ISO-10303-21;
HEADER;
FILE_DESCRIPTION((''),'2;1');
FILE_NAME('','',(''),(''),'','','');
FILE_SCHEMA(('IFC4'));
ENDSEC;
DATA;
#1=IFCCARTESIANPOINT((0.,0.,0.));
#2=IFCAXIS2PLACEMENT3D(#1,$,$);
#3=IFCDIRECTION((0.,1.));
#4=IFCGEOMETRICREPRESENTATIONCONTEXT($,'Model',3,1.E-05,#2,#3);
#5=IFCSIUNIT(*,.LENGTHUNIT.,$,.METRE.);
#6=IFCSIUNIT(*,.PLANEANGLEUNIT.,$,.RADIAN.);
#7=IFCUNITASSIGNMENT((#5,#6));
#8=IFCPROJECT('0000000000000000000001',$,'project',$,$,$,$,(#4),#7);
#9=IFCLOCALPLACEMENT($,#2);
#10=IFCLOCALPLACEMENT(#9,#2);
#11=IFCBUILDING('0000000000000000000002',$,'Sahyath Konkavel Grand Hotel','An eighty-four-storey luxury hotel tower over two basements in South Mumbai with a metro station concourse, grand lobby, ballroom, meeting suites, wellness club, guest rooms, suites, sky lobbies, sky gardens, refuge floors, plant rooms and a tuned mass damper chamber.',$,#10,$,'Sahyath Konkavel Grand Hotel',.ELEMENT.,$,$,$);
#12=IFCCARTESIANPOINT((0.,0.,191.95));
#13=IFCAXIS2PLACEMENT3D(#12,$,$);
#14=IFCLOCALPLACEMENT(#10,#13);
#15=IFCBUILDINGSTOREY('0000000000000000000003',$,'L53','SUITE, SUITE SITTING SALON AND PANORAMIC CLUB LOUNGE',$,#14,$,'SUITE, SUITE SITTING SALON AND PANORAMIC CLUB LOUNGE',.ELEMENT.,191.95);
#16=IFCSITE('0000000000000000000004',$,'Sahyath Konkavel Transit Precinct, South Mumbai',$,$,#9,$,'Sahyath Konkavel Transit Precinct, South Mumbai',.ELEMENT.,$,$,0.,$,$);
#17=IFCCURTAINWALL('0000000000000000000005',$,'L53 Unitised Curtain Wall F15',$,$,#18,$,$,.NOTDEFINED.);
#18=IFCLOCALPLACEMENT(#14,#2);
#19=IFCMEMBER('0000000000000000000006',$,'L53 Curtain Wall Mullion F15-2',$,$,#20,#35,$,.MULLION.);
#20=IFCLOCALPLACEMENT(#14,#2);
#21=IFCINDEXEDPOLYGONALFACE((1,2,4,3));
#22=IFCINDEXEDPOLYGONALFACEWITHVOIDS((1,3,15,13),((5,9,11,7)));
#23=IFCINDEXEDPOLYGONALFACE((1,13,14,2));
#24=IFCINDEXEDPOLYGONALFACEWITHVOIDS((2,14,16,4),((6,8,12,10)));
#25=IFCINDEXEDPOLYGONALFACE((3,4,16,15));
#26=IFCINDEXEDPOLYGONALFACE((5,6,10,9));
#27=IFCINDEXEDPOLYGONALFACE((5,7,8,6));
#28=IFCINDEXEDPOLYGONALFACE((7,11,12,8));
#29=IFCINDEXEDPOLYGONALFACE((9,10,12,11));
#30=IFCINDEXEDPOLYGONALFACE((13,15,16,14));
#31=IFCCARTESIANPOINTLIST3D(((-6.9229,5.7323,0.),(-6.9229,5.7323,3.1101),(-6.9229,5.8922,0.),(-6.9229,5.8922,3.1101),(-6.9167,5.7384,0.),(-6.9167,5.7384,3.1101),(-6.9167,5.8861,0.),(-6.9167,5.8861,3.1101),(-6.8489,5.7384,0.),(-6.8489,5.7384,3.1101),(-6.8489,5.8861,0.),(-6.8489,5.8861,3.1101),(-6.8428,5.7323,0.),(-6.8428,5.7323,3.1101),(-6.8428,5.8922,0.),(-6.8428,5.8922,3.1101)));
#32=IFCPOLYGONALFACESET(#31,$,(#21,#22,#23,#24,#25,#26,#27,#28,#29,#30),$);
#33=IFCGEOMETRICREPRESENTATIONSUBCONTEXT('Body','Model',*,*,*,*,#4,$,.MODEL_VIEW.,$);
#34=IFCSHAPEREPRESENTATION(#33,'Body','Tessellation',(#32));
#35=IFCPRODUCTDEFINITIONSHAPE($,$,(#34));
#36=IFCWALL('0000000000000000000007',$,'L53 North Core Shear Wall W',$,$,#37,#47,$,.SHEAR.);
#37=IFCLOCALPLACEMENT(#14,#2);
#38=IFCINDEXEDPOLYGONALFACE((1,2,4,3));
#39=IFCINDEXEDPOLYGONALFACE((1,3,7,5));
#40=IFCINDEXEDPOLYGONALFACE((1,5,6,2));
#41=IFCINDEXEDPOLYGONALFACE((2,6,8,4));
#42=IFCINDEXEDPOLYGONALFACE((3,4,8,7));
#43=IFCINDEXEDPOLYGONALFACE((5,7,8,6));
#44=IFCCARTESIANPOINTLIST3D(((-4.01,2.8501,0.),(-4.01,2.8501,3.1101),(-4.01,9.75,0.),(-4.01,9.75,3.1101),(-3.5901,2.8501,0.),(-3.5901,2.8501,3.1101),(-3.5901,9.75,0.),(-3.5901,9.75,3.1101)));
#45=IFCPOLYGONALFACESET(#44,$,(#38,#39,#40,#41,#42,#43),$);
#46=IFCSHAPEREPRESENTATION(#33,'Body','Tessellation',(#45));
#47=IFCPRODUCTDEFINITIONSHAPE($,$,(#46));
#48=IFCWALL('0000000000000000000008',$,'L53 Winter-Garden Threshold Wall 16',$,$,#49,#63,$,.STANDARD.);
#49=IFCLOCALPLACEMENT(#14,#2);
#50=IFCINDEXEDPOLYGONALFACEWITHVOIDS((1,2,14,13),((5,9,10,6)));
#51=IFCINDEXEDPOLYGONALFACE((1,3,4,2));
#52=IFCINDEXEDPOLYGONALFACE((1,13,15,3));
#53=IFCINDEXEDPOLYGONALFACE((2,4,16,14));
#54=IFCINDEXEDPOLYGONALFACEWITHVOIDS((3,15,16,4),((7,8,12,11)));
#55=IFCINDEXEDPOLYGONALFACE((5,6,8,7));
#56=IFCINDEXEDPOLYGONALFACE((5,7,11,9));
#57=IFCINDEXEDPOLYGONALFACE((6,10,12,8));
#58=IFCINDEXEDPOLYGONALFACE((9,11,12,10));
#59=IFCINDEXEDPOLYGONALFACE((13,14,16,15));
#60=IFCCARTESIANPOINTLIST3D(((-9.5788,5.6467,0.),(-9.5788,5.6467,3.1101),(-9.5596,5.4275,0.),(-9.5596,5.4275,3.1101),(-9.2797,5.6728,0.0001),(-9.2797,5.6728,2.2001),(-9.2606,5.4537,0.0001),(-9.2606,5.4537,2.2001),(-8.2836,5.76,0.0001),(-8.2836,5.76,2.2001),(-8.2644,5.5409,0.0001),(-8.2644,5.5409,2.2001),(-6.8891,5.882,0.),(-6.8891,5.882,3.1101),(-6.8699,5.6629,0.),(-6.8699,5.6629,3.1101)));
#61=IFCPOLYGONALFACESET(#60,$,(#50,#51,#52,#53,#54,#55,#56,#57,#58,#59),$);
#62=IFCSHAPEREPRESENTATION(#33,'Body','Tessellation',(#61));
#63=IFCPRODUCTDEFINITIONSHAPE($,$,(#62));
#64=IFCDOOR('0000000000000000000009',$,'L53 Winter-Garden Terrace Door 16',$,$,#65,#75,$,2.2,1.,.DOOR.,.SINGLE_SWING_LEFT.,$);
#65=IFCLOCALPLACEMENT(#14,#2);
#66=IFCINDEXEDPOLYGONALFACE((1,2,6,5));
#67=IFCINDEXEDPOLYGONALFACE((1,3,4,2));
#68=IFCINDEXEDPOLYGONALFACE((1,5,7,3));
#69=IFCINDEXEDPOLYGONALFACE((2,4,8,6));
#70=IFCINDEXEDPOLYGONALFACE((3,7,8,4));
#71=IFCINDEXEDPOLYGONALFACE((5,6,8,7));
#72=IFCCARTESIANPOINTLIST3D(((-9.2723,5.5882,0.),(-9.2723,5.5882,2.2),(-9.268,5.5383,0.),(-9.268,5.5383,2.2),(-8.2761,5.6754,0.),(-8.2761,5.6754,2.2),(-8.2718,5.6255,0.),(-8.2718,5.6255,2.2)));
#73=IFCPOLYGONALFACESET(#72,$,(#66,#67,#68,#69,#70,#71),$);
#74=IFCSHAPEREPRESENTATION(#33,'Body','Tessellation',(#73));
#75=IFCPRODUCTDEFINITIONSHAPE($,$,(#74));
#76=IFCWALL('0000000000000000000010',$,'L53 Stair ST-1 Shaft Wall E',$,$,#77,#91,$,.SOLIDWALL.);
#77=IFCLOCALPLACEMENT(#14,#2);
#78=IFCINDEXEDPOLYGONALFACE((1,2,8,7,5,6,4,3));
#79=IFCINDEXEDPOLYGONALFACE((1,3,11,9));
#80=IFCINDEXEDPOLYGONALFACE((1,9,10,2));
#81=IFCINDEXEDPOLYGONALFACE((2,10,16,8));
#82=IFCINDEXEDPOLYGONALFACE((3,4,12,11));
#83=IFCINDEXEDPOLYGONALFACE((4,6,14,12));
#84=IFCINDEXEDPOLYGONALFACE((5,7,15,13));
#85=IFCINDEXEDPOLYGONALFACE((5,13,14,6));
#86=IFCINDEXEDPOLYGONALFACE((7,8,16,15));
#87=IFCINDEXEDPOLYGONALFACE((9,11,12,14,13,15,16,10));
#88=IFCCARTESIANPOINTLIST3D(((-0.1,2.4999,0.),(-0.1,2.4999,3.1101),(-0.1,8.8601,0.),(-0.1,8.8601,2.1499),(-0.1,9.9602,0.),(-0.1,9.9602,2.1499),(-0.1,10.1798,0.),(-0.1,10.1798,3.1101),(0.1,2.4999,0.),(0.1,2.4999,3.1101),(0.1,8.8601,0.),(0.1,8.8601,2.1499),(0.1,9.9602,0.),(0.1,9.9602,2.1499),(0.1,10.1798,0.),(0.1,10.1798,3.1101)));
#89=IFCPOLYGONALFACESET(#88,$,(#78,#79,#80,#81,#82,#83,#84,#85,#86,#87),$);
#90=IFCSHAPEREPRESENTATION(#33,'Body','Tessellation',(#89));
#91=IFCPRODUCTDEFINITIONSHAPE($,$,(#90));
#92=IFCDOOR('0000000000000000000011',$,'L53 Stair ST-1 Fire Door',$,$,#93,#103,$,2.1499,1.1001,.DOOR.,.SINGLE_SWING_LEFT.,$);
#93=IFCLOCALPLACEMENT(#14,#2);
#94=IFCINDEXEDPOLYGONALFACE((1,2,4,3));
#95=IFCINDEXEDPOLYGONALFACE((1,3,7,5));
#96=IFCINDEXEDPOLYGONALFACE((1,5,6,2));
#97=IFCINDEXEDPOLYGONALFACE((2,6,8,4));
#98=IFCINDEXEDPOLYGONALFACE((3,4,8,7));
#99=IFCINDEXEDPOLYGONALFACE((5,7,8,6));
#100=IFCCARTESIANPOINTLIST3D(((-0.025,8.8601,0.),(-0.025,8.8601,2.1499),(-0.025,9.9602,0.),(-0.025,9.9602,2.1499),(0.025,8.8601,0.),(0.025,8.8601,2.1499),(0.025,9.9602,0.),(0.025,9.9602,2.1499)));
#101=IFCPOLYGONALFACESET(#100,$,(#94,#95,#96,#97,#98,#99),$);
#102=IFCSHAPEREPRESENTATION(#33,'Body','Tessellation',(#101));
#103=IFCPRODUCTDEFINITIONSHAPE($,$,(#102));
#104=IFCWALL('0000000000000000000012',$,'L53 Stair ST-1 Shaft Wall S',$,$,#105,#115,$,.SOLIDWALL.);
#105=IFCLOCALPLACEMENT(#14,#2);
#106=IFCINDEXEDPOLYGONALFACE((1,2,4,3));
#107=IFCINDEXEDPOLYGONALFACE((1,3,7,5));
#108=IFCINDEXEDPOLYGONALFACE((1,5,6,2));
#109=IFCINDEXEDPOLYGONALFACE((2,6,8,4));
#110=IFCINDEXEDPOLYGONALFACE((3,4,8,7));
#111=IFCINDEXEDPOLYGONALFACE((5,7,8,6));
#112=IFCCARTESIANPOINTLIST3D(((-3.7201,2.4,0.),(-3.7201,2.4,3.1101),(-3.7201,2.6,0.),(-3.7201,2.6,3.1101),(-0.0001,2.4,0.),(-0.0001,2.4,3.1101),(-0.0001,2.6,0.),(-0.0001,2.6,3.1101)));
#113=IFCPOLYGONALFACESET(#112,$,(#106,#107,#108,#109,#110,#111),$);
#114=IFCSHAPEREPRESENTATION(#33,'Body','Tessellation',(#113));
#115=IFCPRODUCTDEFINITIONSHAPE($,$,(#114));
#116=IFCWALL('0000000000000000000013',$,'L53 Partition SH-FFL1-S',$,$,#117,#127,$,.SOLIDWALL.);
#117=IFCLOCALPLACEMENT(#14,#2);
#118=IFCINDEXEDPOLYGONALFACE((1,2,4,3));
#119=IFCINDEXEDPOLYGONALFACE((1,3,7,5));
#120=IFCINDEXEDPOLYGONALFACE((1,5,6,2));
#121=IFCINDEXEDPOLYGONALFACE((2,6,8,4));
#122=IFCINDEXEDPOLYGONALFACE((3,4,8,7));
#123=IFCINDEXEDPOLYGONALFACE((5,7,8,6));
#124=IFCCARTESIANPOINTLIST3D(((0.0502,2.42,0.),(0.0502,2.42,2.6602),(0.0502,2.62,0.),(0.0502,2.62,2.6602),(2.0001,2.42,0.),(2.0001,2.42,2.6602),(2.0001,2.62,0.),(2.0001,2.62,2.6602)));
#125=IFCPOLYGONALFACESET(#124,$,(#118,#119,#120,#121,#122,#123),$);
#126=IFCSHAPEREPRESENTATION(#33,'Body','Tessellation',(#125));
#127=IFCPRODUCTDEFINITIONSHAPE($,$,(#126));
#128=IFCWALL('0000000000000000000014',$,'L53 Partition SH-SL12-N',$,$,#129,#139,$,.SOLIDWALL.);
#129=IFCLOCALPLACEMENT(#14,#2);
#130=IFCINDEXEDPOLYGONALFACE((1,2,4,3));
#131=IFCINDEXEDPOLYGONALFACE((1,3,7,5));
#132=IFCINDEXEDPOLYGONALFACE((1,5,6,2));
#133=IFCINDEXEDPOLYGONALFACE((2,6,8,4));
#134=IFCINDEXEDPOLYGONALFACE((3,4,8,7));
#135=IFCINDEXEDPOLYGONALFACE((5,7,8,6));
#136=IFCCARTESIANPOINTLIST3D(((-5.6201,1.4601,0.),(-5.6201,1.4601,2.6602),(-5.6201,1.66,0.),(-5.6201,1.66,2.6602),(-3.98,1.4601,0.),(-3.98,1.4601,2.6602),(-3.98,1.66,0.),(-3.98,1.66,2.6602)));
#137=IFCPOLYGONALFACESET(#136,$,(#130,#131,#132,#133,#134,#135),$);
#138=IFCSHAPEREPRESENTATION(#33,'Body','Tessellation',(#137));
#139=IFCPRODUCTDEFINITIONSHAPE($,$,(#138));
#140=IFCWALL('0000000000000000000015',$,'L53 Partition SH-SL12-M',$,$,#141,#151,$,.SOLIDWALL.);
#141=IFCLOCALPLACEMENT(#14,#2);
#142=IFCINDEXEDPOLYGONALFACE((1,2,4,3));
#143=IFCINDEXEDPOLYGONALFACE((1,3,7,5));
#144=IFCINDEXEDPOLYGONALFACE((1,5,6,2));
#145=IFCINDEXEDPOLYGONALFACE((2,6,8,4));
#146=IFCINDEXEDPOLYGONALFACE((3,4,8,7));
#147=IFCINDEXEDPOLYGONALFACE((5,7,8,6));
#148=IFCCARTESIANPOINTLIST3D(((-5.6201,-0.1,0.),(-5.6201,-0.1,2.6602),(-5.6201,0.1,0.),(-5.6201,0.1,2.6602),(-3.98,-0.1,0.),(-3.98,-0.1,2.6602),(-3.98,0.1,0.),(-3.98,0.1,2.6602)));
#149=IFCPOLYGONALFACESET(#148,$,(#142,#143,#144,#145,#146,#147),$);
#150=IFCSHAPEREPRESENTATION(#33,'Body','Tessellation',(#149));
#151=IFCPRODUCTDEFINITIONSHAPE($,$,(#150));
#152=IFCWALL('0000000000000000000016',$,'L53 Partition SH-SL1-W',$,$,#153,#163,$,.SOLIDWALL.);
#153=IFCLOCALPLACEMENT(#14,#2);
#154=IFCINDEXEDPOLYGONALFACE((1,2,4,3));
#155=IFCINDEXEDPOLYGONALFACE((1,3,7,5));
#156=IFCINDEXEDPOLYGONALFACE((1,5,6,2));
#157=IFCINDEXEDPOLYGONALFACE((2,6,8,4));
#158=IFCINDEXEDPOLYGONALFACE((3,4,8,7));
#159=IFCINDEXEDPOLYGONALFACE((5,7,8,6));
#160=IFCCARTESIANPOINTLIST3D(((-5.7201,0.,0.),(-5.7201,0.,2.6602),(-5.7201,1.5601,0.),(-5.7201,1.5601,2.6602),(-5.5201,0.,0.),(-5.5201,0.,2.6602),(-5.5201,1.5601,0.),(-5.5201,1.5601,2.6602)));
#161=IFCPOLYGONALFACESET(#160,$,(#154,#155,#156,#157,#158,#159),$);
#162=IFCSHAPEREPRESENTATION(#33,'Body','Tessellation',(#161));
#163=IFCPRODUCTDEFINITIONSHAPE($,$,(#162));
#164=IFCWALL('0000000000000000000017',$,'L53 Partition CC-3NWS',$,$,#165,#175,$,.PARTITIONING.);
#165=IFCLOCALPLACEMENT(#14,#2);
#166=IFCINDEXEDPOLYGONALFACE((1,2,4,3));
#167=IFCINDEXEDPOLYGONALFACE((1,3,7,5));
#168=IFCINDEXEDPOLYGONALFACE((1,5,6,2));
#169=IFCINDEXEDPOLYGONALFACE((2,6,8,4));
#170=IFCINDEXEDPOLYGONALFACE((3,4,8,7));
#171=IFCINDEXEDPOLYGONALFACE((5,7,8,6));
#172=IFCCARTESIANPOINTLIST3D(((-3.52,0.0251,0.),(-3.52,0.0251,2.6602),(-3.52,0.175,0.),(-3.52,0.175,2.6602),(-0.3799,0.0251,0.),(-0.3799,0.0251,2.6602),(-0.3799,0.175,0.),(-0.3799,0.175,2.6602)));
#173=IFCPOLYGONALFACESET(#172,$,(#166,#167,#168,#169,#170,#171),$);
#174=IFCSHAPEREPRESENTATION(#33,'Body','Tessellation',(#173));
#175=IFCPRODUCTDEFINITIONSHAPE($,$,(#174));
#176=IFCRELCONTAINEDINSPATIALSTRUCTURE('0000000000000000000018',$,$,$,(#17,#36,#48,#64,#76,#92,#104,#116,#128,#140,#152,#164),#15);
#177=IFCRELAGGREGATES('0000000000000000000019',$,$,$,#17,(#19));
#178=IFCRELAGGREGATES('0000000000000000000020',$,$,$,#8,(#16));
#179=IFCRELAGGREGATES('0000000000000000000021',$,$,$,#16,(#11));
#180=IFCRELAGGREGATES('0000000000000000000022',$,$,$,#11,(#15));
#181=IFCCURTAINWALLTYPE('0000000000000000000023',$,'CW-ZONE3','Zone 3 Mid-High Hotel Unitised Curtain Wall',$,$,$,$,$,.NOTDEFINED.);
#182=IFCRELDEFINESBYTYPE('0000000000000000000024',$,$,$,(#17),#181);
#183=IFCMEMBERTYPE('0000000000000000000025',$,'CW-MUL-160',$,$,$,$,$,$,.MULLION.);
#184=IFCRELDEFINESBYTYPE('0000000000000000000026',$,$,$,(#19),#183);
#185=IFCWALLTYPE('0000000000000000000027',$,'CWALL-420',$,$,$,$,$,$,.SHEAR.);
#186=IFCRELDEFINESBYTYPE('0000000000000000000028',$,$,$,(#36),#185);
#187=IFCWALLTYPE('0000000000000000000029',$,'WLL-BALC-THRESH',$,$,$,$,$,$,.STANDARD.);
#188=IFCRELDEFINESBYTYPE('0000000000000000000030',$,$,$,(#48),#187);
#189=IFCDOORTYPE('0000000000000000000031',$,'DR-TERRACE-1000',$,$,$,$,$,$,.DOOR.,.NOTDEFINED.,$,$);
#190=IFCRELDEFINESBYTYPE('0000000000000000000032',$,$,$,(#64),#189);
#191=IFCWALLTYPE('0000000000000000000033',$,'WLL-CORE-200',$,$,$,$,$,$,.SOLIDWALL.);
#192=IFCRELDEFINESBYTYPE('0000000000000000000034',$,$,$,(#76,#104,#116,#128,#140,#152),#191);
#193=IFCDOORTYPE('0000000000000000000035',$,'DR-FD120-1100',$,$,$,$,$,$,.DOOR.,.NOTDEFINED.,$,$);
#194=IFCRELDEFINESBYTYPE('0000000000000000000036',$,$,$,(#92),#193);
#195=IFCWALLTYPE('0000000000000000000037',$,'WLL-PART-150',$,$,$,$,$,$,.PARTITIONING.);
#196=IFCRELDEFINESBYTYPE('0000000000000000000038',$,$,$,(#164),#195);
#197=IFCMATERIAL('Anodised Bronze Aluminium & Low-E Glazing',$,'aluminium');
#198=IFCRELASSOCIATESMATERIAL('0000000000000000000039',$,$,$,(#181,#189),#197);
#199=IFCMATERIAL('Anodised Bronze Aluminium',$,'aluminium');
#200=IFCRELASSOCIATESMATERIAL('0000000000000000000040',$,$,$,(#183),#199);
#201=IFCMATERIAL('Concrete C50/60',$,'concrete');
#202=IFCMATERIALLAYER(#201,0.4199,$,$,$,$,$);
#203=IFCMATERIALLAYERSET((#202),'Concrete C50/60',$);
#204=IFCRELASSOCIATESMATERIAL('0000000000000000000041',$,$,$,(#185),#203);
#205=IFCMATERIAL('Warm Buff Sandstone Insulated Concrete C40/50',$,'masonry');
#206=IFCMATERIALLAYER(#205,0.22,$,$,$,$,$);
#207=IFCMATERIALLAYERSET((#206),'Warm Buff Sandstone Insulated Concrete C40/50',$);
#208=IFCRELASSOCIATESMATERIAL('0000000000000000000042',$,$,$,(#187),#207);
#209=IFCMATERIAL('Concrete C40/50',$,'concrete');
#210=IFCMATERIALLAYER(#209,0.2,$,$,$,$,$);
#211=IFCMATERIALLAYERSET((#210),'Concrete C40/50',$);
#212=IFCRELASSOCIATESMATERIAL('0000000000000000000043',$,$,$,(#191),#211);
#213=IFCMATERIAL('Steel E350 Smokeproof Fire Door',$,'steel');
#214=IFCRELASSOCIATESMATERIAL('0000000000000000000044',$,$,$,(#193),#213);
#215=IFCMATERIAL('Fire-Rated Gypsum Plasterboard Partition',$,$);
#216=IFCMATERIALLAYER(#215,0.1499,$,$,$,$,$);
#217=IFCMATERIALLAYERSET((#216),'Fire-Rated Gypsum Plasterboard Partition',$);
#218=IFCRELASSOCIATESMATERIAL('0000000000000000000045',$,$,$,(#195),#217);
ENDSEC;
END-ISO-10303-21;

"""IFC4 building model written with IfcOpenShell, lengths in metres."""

from ifc_helpers import new_model, si_unit, direction, frame, frame_2d, origin, origin_2d, place, context, subcontext, project, spatial, rectangle, hollow_rectangle, extrude, source, transform, mapped, material, layer, layer_set, material_profile, profile_set, type_object, element, fill, aggregate, save


model = new_model("IFC4")

# Units and contexts
model_context = context("Model", 3, precision=1e-05, world=origin(), true_north=direction((0.0, 1.0)))
body_context = subcontext(model_context, "Body", "Model", "MODEL_VIEW")
ifc_project = project(units=[si_unit("LENGTHUNIT", "METRE"), si_unit("PLANEANGLEUNIT", "RADIAN")], contexts=[model_context])

# Site, building, storey
site_placement = place(None, origin())
site = spatial("IfcSite", under=ifc_project, at=site_placement, Name="Sahyath Konkavel Transit Precinct, South Mumbai", LongName="Sahyath Konkavel Transit Precinct, South Mumbai", CompositionType="ELEMENT", RefElevation=0.0)
building_placement = place(site_placement, origin())
building = spatial("IfcBuilding", under=site, at=building_placement, Name="Sahyath Konkavel Grand Hotel", Description="An eighty-four-storey luxury hotel tower over two basements in South Mumbai with a metro station concourse, grand lobby, ballroom, meeting suites, wellness club, guest rooms, suites, sky lobbies, sky gardens, refuge floors, plant rooms and a tuned mass damper chamber.", LongName="Sahyath Konkavel Grand Hotel", CompositionType="ELEMENT")
storey_placement = place(building_placement, frame((0.0, 0.0, 191.95)))
storey = spatial("IfcBuildingStorey", under=building, at=storey_placement, Name="L53", Description="SUITE, SUITE SITTING SALON AND PANORAMIC CLUB LOUNGE", LongName="SUITE, SUITE SITTING SALON AND PANORAMIC CLUB LOUNGE", CompositionType="ELEMENT", Elevation=191.95)

# Shared definitions
ifc_material_1 = material(Name="Concrete C50/60", Category="concrete")

# Curtain wall, member
ifc_material_2 = material(Name="Anodised Bronze Aluminium & Low-E Glazing", Category="aluminium")
curtain_wall_type = type_object("IfcCurtainWallType", Name="CW-ZONE3", Description="Zone 3 Mid-High Hotel Unitised Curtain Wall", PredefinedType="NOTDEFINED", material=ifc_material_2)
curtain_wall_placement = place(storey_placement, origin())
curtain_wall = element("IfcCurtainWall", 1, at=curtain_wall_placement, inside=storey, type_object=curtain_wall_type, Name="L53 Unitised Curtain Wall F15", PredefinedType="NOTDEFINED")
ifc_material_3 = material(Name="Anodised Bronze Aluminium", Category="aluminium")
ifc_material_profile_1 = material_profile(ifc_material_3, hollow_rectangle(XDim=0.0801, YDim=0.1599, WallThickness=0.0061, at=origin_2d()), Name="RHS 160x80x6")
ifc_profile_set_1 = profile_set([ifc_material_profile_1], Name="Anodised Bronze Aluminium")
member_type = type_object("IfcMemberType", Name="CW-MUL-160", PredefinedType="MULLION", material=ifc_profile_set_1)
shared_shape_1 = source(origin(), body_context, "Body", "SweptSolid", [
    extrude(hollow_rectangle(XDim=0.0801, YDim=0.1599, WallThickness=0.0061, at=origin_2d()), origin(), (0.0, 0.0, 1.0), 3.1101),
])
member_placement = place(storey_placement, frame((-6.8828, 5.8123, 0.0), z_axis=(0.0, 0.0, 1.0), x_axis=(1.0, 0.0, 0.0)))
member = element("IfcMember", 2, at=member_placement, type_object=member_type, Name="L53 Curtain Wall Mullion F15-2", PredefinedType="MULLION", context=body_context, shape_type="MappedRepresentation", body=[
    mapped(shared_shape_1, transform((0.0, 0.0, 0.0), scale=1.0)),
])
aggregate(curtain_wall, [member])

# Wall
ifc_layer_1 = layer(ifc_material_1, 0.4199)
ifc_layer_set_1 = layer_set([ifc_layer_1], Name="Concrete C50/60")
wall_type_1 = type_object("IfcWallType", Name="CWALL-420", PredefinedType="SHEAR", material=ifc_layer_set_1)
wall_1_placement = place(storey_placement, frame((-3.8, 2.8501, 0.0), z_axis=(0.0, 0.0, 1.0), x_axis=(0.0, 1.0, 0.0)))
element("IfcWall", 3, at=wall_1_placement, inside=storey, type_object=wall_type_1, Name="L53 North Core Shear Wall W", PredefinedType="SHEAR", context=body_context, shape_type="SweptSolid", body=[
    extrude(rectangle(XDim=6.8999, YDim=0.4199, at=frame_2d((3.45, 0.0))), origin(), (0.0, 0.0, 1.0), 3.1101),
])

# Walls, openings, doors
ifc_material_4 = material(Name="Warm Buff Sandstone Insulated Concrete C40/50", Category="masonry")
ifc_layer_2 = layer(ifc_material_4, 0.22)
ifc_layer_set_2 = layer_set([ifc_layer_2], Name="Warm Buff Sandstone Insulated Concrete C40/50")
wall_type_2 = type_object("IfcWallType", Name="WLL-BALC-THRESH", PredefinedType="STANDARD", material=ifc_layer_set_2)
wall_2_placement = place(storey_placement, frame((-6.8794, 5.7725, 0.0), z_axis=(0.0, 0.0, 1.0), x_axis=(-0.996194, -0.087168, 0.0)))
wall_2 = element("IfcWall", 4, at=wall_2_placement, inside=storey, type_object=wall_type_2, Name="L53 Winter-Garden Threshold Wall 16", PredefinedType="STANDARD", context=body_context, shape_type="SweptSolid", body=[
    extrude(rectangle(XDim=2.7, YDim=0.22, at=frame_2d((1.3501, 0.0))), origin(), (0.0, 0.0, 1.0), 3.1101),
])
opening_1_placement = place(wall_2_placement, frame((1.3999, 0.0, 0.0)))
opening_1 = element("IfcOpeningElement", 5, at=opening_1_placement, cuts=wall_2, PredefinedType="OPENING", context=body_context, shape_type="SweptSolid", body=[
    extrude(rectangle(XDim=1.0, YDim=2.2, at=frame_2d((0.5, 1.1001))), frame((0.0, 0.1201, 0.0), z_axis=(0.0, -1.0, 0.0), x_axis=(1.0, 0.0, 0.0)), (0.0, 0.0, 1.0), 0.24),
])
door_type_1 = type_object("IfcDoorType", Name="DR-TERRACE-1000", OperationType="NOTDEFINED", PredefinedType="DOOR", material=ifc_material_2)
shared_shape_2 = source(origin(), body_context, "Body", "SweptSolid", [
    extrude(rectangle(XDim=1.0, YDim=0.05, at=origin_2d()), origin(), (0.0, 0.0, 1.0), 2.2),
])
door_1_placement = place(opening_1_placement, frame((0.5, 0.0, 0.0)))
door_1 = element("IfcDoor", 6, at=door_1_placement, inside=storey, type_object=door_type_1, Name="L53 Winter-Garden Terrace Door 16", OperationType="SINGLE_SWING_LEFT", OverallHeight=2.2, OverallWidth=1.0, PredefinedType="DOOR", context=body_context, shape_type="MappedRepresentation", body=[
    mapped(shared_shape_2, transform((0.0, 0.0, 0.0), scale=1.0)),
])
fill(opening_1, door_1)
ifc_material_5 = material(Name="Concrete C40/50", Category="concrete")
ifc_layer_3 = layer(ifc_material_5, 0.2)
ifc_layer_set_3 = layer_set([ifc_layer_3], Name="Concrete C40/50")
wall_type_3 = type_object("IfcWallType", Name="WLL-CORE-200", PredefinedType="SOLIDWALL", material=ifc_layer_set_3)
wall_3_placement = place(storey_placement, frame((0.0, 2.5, 0.0), z_axis=(0.0, 0.0, 1.0), x_axis=(0.0, 1.0, 0.0)))
wall_3 = element("IfcWall", 7, at=wall_3_placement, inside=storey, type_object=wall_type_3, Name="L53 Stair ST-1 Shaft Wall E", PredefinedType="SOLIDWALL", context=body_context, shape_type="SweptSolid", body=[
    extrude(rectangle(XDim=7.6799, YDim=0.2, at=frame_2d((3.8398, 0.0))), origin(), (0.0, 0.0, 1.0), 3.1101),
])
opening_2_placement = place(wall_3_placement, frame((6.3601, 0.0, 0.0)))
opening_2 = element("IfcOpeningElement", 8, at=opening_2_placement, cuts=wall_3, PredefinedType="OPENING", context=body_context, shape_type="SweptSolid", body=[
    extrude(rectangle(XDim=1.1001, YDim=2.1499, at=frame_2d((0.55, 1.075))), frame((0.0, 0.1099, 0.0), z_axis=(0.0, -1.0, 0.0), x_axis=(1.0, 0.0, 0.0)), (0.0, 0.0, 1.0), 0.22),
])
ifc_material_6 = material(Name="Steel E350 Smokeproof Fire Door", Category="steel")
door_type_2 = type_object("IfcDoorType", Name="DR-FD120-1100", OperationType="NOTDEFINED", PredefinedType="DOOR", material=ifc_material_6)
shared_shape_3 = source(origin(), body_context, "Body", "SweptSolid", [
    extrude(rectangle(XDim=1.1001, YDim=0.05, at=origin_2d()), origin(), (0.0, 0.0, 1.0), 2.1499),
])
door_2_placement = place(opening_2_placement, frame((0.55, 0.0, 0.0)))
door_2 = element("IfcDoor", 9, at=door_2_placement, inside=storey, type_object=door_type_2, Name="L53 Stair ST-1 Fire Door", OperationType="SINGLE_SWING_LEFT", OverallHeight=2.1499, OverallWidth=1.1001, PredefinedType="DOOR", context=body_context, shape_type="MappedRepresentation", body=[
    mapped(shared_shape_3, transform((0.0, 0.0, 0.0), scale=1.0)),
])
fill(opening_2, door_2)

# Walls
wall_4_placement = place(storey_placement, frame((-3.72, 2.5, 0.0), z_axis=(0.0, 0.0, 1.0), x_axis=(1.0, 0.0, 0.0)))
element("IfcWall", 10, at=wall_4_placement, inside=storey, type_object=wall_type_3, Name="L53 Stair ST-1 Shaft Wall S", PredefinedType="SOLIDWALL", context=body_context, shape_type="SweptSolid", body=[
    extrude(rectangle(XDim=3.72, YDim=0.2, at=frame_2d((1.8599, 0.0))), origin(), (0.0, 0.0, 1.0), 3.1101),
])
wall_5_placement = place(storey_placement, frame((0.05, 2.52, 0.0), z_axis=(0.0, 0.0, 1.0), x_axis=(1.0, 0.0, 0.0)))
element("IfcWall", 11, at=wall_5_placement, inside=storey, type_object=wall_type_3, Name="L53 Partition SH-FFL1-S", PredefinedType="SOLIDWALL", context=body_context, shape_type="SweptSolid", body=[
    extrude(rectangle(XDim=1.95, YDim=0.2, at=frame_2d((0.9751, 0.0))), origin(), (0.0, 0.0, 1.0), 2.6602),
])
for number, where, z_axis, x_axis, name in (
    (12, (-5.6201, 1.5601, 0.0), (0.0, 0.0, 1.0), (1.0, 0.0, 0.0), "L53 Partition SH-SL12-N"),
    (13, (-5.6201, 0.0, 0.0), (0.0, 0.0, 1.0), (1.0, 0.0, 0.0), "L53 Partition SH-SL12-M"),
):
    element("IfcWall", number, at=place(storey_placement, frame(where, z_axis=z_axis, x_axis=x_axis)), inside=storey, type_object=wall_type_3, Name=name, PredefinedType="SOLIDWALL", context=body_context, shape_type="SweptSolid", body=[
        extrude(rectangle(XDim=1.6401, YDim=0.2, at=frame_2d((0.8201, 0.0))), origin(), (0.0, 0.0, 1.0), 2.6602),
    ])
wall_6_placement = place(storey_placement, frame((-5.6201, 0.0, 0.0), z_axis=(0.0, 0.0, 1.0), x_axis=(0.0, 1.0, 0.0)))
element("IfcWall", 14, at=wall_6_placement, inside=storey, type_object=wall_type_3, Name="L53 Partition SH-SL1-W", PredefinedType="SOLIDWALL", context=body_context, shape_type="SweptSolid", body=[
    extrude(rectangle(XDim=1.5601, YDim=0.2, at=frame_2d((0.78, 0.0))), origin(), (0.0, 0.0, 1.0), 2.6602),
])
ifc_material_7 = material(Name="Fire-Rated Gypsum Plasterboard Partition")
ifc_layer_4 = layer(ifc_material_7, 0.1499)
ifc_layer_set_4 = layer_set([ifc_layer_4], Name="Fire-Rated Gypsum Plasterboard Partition")
wall_type_4 = type_object("IfcWallType", Name="WLL-PART-150", PredefinedType="PARTITIONING", material=ifc_layer_set_4)
wall_7_placement = place(storey_placement, frame((-3.52, 0.1001, 0.0), z_axis=(0.0, 0.0, 1.0), x_axis=(1.0, 0.0, 0.0)))
element("IfcWall", 15, at=wall_7_placement, inside=storey, type_object=wall_type_4, Name="L53 Partition CC-3NWS", PredefinedType="PARTITIONING", context=body_context, shape_type="SweptSolid", body=[
    extrude(rectangle(XDim=3.1401, YDim=0.1499, at=frame_2d((1.5701, 0.0))), origin(), (0.0, 0.0, 1.0), 2.6602),
])

save(model, "model.ifc")
